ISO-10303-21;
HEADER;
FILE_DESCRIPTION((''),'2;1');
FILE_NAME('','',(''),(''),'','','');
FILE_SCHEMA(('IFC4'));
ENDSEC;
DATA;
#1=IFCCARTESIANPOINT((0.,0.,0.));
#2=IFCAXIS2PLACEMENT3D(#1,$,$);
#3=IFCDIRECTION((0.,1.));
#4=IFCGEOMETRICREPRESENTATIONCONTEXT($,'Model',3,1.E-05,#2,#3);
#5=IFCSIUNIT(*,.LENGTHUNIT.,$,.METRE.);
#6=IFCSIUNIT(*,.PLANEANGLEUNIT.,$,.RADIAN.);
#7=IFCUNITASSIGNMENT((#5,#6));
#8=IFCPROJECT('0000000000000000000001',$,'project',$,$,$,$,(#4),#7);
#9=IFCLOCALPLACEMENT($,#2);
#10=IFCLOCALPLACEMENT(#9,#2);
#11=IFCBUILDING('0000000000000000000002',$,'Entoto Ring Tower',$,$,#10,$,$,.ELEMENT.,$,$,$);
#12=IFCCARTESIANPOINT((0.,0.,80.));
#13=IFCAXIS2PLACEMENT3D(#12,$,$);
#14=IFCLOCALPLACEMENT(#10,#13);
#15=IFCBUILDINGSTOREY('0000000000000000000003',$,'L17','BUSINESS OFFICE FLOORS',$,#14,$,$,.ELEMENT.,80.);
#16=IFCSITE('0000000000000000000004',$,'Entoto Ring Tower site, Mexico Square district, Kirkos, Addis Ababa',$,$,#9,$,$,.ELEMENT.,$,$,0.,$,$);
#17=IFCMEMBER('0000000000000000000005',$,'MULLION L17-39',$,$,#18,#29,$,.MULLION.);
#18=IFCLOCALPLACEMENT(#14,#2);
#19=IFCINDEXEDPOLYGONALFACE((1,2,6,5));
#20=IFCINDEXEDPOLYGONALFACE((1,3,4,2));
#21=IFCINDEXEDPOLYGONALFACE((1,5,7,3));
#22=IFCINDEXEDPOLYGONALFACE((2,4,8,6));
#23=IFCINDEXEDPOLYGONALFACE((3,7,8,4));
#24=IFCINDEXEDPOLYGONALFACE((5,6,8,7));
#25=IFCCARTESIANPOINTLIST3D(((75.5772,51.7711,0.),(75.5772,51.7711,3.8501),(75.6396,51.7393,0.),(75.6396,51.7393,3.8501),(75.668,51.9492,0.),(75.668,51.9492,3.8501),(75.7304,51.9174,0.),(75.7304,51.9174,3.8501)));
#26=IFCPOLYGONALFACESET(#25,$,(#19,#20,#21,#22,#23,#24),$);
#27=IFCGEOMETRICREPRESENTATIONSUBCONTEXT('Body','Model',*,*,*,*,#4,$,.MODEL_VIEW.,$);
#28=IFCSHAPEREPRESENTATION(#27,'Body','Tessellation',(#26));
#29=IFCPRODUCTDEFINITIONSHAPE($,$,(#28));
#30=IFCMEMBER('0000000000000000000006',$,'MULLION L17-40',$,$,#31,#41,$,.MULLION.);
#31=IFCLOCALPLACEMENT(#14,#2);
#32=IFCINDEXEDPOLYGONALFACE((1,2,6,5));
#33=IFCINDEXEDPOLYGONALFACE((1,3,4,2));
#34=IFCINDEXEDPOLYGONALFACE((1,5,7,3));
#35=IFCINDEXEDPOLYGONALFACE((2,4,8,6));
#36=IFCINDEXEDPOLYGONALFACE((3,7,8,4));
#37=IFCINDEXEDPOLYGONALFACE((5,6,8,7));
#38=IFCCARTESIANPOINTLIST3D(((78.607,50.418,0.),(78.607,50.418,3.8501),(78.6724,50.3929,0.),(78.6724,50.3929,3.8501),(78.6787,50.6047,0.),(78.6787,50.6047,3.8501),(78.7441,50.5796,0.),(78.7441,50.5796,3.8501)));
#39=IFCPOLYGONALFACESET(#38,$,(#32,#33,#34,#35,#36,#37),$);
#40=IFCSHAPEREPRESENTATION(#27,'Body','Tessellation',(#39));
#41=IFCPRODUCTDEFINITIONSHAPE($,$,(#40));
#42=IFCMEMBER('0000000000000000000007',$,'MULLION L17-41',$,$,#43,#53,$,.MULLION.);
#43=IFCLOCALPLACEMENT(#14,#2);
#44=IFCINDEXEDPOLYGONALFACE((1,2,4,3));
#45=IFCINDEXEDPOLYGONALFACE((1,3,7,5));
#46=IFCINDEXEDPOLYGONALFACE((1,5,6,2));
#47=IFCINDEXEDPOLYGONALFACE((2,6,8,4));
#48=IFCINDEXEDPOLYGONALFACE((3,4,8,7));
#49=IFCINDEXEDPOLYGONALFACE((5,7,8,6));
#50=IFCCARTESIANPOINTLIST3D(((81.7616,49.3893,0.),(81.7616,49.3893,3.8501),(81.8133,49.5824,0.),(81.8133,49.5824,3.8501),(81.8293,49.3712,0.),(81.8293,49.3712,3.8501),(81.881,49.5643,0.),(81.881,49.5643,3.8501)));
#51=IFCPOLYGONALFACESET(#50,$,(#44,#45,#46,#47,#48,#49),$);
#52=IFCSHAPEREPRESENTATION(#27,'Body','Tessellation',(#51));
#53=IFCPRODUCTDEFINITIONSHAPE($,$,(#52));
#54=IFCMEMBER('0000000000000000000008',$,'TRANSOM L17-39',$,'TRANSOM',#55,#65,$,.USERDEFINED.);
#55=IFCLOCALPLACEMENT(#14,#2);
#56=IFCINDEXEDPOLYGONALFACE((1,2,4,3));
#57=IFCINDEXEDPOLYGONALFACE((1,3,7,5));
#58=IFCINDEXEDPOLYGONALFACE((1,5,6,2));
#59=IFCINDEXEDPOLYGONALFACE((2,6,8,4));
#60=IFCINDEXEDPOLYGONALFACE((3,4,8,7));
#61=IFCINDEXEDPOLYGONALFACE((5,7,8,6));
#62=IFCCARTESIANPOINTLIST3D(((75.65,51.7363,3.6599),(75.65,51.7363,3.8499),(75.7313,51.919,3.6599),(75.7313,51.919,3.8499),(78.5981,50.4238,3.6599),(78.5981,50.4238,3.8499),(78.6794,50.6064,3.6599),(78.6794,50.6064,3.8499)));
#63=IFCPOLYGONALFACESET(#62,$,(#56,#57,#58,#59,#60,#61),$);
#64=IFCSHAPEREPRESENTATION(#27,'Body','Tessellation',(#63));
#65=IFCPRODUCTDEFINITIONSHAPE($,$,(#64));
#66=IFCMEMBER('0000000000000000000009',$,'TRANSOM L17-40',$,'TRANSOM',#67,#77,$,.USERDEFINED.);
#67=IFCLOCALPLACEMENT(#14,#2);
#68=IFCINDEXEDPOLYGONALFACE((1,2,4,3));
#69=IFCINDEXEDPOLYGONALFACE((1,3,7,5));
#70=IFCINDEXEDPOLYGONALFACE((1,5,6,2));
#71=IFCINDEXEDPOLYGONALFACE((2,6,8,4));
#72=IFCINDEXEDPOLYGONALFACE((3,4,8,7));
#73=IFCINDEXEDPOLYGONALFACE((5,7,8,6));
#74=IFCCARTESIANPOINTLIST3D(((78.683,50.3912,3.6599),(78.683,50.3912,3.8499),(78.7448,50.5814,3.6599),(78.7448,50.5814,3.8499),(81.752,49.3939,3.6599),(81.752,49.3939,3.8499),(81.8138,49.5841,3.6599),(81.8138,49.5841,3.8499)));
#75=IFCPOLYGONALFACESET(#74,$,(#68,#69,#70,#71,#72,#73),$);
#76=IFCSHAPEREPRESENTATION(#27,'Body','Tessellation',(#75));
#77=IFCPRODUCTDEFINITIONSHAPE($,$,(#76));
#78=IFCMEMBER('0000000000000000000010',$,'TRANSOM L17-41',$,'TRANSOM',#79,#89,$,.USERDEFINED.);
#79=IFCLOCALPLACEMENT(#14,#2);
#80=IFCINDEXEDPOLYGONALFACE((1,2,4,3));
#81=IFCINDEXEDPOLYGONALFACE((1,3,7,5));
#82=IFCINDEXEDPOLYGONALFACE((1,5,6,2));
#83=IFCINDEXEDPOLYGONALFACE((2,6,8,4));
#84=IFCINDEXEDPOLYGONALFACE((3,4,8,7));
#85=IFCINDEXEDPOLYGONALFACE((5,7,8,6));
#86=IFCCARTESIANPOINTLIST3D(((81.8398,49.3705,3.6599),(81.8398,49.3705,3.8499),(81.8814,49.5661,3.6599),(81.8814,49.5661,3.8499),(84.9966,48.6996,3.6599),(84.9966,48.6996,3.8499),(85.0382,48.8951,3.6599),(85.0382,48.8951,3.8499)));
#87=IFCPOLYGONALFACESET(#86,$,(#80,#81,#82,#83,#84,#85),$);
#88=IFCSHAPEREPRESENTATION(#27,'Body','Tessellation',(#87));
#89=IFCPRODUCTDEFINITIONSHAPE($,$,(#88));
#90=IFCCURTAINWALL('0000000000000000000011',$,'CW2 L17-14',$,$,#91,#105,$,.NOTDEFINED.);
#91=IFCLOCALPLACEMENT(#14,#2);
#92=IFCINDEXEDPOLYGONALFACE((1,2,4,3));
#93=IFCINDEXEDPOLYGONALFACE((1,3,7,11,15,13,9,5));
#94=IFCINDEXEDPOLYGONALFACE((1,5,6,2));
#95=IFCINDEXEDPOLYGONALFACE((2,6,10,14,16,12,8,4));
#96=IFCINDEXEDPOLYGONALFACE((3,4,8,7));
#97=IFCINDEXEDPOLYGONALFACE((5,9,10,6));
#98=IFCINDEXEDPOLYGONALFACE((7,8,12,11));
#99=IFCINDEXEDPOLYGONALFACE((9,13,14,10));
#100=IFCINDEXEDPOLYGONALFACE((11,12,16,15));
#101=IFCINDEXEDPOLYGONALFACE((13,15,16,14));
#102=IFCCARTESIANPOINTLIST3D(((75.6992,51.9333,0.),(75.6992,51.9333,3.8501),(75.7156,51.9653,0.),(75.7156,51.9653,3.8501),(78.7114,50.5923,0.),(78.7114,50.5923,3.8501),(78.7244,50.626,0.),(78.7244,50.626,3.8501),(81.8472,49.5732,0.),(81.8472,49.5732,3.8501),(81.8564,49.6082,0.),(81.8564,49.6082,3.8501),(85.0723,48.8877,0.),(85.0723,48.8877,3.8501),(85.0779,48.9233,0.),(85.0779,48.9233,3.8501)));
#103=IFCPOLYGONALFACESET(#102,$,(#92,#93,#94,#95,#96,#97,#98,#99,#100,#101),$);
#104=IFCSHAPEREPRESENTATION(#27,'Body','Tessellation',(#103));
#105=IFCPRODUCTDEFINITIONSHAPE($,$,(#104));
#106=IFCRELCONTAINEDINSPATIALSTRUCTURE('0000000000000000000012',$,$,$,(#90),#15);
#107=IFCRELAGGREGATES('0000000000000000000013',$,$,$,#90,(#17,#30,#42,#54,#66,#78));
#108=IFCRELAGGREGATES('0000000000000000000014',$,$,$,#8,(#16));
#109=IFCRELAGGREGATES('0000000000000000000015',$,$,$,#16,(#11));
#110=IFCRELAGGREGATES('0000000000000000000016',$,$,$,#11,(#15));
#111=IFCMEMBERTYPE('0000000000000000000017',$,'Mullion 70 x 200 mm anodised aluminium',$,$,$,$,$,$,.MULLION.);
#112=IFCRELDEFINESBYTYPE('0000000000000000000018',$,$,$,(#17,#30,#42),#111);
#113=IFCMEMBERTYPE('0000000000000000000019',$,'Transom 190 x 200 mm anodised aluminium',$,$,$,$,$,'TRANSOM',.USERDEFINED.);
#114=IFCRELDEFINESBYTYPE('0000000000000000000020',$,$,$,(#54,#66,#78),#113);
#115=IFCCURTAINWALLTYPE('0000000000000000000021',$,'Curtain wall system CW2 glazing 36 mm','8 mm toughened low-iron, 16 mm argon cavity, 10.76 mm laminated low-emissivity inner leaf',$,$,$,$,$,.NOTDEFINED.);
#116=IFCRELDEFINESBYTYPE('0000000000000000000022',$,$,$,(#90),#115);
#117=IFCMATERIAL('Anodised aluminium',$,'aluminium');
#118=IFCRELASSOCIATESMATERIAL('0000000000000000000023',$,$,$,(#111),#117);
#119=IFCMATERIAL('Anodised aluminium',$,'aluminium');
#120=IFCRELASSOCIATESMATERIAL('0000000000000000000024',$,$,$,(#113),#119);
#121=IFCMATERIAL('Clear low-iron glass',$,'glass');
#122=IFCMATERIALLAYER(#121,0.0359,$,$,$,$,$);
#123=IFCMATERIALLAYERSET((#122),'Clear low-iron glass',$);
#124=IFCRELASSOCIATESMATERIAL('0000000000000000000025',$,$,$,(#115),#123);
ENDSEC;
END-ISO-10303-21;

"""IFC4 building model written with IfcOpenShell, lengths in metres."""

from ifc_helpers import new_model, si_unit, direction, frame, origin, origin_2d, place, context, subcontext, project, spatial, polyline, rectangle, outline, extrude, material, layer, layer_set, material_profile, profile_set, type_object, element, aggregate, save


model = new_model("IFC4")

# Units and contexts
model_context = context("Model", 3, precision=1e-05, world=origin(), true_north=direction((0.0, 1.0)))
body_context = subcontext(model_context, "Body", "Model", "MODEL_VIEW")
ifc_project = project(units=[si_unit("LENGTHUNIT", "METRE"), si_unit("PLANEANGLEUNIT", "RADIAN")], contexts=[model_context])

# Members
ifc_material_1 = material(Name="Anodised aluminium", Category="aluminium")
ifc_material_profile_1 = material_profile(ifc_material_1, rectangle(XDim=0.0701, YDim=0.2, at=origin_2d()), Name="Mullion 70 x 200 mm anodised aluminium")
ifc_profile_set_1 = profile_set([ifc_material_profile_1], Name="Anodised aluminium")
member_type_1 = type_object("IfcMemberType", Name="Mullion 70 x 200 mm anodised aluminium", PredefinedType="MULLION", material=ifc_profile_set_1)
site_placement = place(None, origin())
building_placement = place(site_placement, origin())
storey_placement = place(building_placement, frame((0.0, 0.0, 80.0)))
member_1_placement = place(storey_placement, frame((75.6538, 51.8442, 0.0), z_axis=(0.0, 0.0, 1.0), x_axis=(0.891007, -0.45399, 0.0)))
member_1 = element("IfcMember", 1, at=member_1_placement, type_object=member_type_1, Name="MULLION L17-39", PredefinedType="MULLION", context=body_context, shape_type="SweptSolid", body=[
    extrude(rectangle(XDim=0.0701, YDim=0.2, at=origin_2d()), origin(), (0.0, 0.0, 1.0), 3.8501),
])
member_2_placement = place(storey_placement, frame((78.6755, 50.4988, 0.0), z_axis=(0.0, 0.0, 1.0), x_axis=(0.93358, -0.358368, 0.0)))
member_2 = element("IfcMember", 2, at=member_2_placement, type_object=member_type_1, Name="MULLION L17-40", PredefinedType="MULLION", context=body_context, shape_type="SweptSolid", body=[
    extrude(rectangle(XDim=0.0701, YDim=0.2, at=origin_2d()), origin(), (0.0, 0.0, 1.0), 3.8501),
])
member_3_placement = place(storey_placement, frame((81.8213, 49.4768, 0.0), z_axis=(0.0, 0.0, 1.0), x_axis=(0.965926, -0.258819, 0.0)))
member_3 = element("IfcMember", 3, at=member_3_placement, type_object=member_type_1, Name="MULLION L17-41", PredefinedType="MULLION", context=body_context, shape_type="SweptSolid", body=[
    extrude(rectangle(XDim=0.0701, YDim=0.2, at=origin_2d()), origin(), (0.0, 0.0, 1.0), 3.8501),
])
ifc_material_2 = material(Name="Anodised aluminium", Category="aluminium")
ifc_material_profile_2 = material_profile(ifc_material_2, rectangle(XDim=0.2, YDim=0.1899, at=origin_2d()), Name="Transom 190 x 200 mm anodised aluminium")
ifc_profile_set_2 = profile_set([ifc_material_profile_2], Name="Anodised aluminium")
member_type_2 = type_object("IfcMemberType", Name="Transom 190 x 200 mm anodised aluminium", ElementType="TRANSOM", PredefinedType="USERDEFINED", material=ifc_profile_set_2)
member_4_placement = place(storey_placement, frame((75.6907, 51.8276, 3.7549), z_axis=(0.913549, -0.406728, 0.0), x_axis=(0.406728, 0.913549, 0.0)))
member_4 = element("IfcMember", 4, at=member_4_placement, type_object=member_type_2, Name="TRANSOM L17-39", ObjectType="TRANSOM", PredefinedType="USERDEFINED", context=body_context, shape_type="SweptSolid", body=[
    extrude(rectangle(XDim=0.2, YDim=0.1899, at=origin_2d()), origin(), (0.0, 0.0, 1.0), 3.2271),
])
member_5_placement = place(storey_placement, frame((78.7139, 50.4863, 3.7549), z_axis=(0.951047, -0.309047, 0.0), x_axis=(0.309047, 0.951047, 0.0)))
member_5 = element("IfcMember", 5, at=member_5_placement, type_object=member_type_2, Name="TRANSOM L17-40", ObjectType="TRANSOM", PredefinedType="USERDEFINED", context=body_context, shape_type="SweptSolid", body=[
    extrude(rectangle(XDim=0.2, YDim=0.1899, at=origin_2d()), origin(), (0.0, 0.0, 1.0), 3.2271),
])
member_6_placement = place(storey_placement, frame((81.8606, 49.4683, 3.7549), z_axis=(0.978153, -0.207886, 0.0), x_axis=(0.207886, 0.978153, 0.0)))
member_6 = element("IfcMember", 6, at=member_6_placement, type_object=member_type_2, Name="TRANSOM L17-41", ObjectType="TRANSOM", PredefinedType="USERDEFINED", context=body_context, shape_type="SweptSolid", body=[
    extrude(rectangle(XDim=0.2, YDim=0.1899, at=origin_2d()), origin(), (0.0, 0.0, 1.0), 3.2273),
])

# Site, building, storey
site = spatial("IfcSite", under=ifc_project, at=site_placement, Name="Entoto Ring Tower site, Mexico Square district, Kirkos, Addis Ababa", CompositionType="ELEMENT", RefElevation=0.0)
building = spatial("IfcBuilding", under=site, at=building_placement, Name="Entoto Ring Tower", CompositionType="ELEMENT")
storey = spatial("IfcBuildingStorey", under=building, at=storey_placement, Name="L17", Description="BUSINESS OFFICE FLOORS", CompositionType="ELEMENT", Elevation=80.0)

# Curtain wall
ifc_material_3 = material(Name="Clear low-iron glass", Category="glass")
ifc_layer = layer(ifc_material_3, 0.0359)
ifc_layer_set = layer_set([ifc_layer], Name="Clear low-iron glass")
curtain_wall_type = type_object("IfcCurtainWallType", Name="Curtain wall system CW2 glazing 36 mm", Description="8 mm toughened low-iron, 16 mm argon cavity, 10.76 mm laminated low-emissivity inner leaf", PredefinedType="NOTDEFINED", material=ifc_layer_set)
curtain_wall_1_placement = place(storey_placement, origin())
curtain_wall_1 = element("IfcCurtainWall", 7, at=curtain_wall_1_placement, inside=storey, type_object=curtain_wall_type, Name="CW2 L17-14", PredefinedType="NOTDEFINED", context=body_context, shape_type="SweptSolid", body=[
    extrude(outline(polyline([(75.6992, 51.9333), (78.7114, 50.5923), (81.8472, 49.5732), (85.0723, 48.8877), (85.0779, 48.9233), (81.8564, 49.6082), (78.7244, 50.626), (75.7156, 51.9653), (75.6992, 51.9333)])), origin(), (0.0, 0.0, 1.0), 3.8501),
])
aggregate(curtain_wall_1, [member_1, member_2, member_3, member_4, member_5, member_6])

save(model, "model.ifc")
